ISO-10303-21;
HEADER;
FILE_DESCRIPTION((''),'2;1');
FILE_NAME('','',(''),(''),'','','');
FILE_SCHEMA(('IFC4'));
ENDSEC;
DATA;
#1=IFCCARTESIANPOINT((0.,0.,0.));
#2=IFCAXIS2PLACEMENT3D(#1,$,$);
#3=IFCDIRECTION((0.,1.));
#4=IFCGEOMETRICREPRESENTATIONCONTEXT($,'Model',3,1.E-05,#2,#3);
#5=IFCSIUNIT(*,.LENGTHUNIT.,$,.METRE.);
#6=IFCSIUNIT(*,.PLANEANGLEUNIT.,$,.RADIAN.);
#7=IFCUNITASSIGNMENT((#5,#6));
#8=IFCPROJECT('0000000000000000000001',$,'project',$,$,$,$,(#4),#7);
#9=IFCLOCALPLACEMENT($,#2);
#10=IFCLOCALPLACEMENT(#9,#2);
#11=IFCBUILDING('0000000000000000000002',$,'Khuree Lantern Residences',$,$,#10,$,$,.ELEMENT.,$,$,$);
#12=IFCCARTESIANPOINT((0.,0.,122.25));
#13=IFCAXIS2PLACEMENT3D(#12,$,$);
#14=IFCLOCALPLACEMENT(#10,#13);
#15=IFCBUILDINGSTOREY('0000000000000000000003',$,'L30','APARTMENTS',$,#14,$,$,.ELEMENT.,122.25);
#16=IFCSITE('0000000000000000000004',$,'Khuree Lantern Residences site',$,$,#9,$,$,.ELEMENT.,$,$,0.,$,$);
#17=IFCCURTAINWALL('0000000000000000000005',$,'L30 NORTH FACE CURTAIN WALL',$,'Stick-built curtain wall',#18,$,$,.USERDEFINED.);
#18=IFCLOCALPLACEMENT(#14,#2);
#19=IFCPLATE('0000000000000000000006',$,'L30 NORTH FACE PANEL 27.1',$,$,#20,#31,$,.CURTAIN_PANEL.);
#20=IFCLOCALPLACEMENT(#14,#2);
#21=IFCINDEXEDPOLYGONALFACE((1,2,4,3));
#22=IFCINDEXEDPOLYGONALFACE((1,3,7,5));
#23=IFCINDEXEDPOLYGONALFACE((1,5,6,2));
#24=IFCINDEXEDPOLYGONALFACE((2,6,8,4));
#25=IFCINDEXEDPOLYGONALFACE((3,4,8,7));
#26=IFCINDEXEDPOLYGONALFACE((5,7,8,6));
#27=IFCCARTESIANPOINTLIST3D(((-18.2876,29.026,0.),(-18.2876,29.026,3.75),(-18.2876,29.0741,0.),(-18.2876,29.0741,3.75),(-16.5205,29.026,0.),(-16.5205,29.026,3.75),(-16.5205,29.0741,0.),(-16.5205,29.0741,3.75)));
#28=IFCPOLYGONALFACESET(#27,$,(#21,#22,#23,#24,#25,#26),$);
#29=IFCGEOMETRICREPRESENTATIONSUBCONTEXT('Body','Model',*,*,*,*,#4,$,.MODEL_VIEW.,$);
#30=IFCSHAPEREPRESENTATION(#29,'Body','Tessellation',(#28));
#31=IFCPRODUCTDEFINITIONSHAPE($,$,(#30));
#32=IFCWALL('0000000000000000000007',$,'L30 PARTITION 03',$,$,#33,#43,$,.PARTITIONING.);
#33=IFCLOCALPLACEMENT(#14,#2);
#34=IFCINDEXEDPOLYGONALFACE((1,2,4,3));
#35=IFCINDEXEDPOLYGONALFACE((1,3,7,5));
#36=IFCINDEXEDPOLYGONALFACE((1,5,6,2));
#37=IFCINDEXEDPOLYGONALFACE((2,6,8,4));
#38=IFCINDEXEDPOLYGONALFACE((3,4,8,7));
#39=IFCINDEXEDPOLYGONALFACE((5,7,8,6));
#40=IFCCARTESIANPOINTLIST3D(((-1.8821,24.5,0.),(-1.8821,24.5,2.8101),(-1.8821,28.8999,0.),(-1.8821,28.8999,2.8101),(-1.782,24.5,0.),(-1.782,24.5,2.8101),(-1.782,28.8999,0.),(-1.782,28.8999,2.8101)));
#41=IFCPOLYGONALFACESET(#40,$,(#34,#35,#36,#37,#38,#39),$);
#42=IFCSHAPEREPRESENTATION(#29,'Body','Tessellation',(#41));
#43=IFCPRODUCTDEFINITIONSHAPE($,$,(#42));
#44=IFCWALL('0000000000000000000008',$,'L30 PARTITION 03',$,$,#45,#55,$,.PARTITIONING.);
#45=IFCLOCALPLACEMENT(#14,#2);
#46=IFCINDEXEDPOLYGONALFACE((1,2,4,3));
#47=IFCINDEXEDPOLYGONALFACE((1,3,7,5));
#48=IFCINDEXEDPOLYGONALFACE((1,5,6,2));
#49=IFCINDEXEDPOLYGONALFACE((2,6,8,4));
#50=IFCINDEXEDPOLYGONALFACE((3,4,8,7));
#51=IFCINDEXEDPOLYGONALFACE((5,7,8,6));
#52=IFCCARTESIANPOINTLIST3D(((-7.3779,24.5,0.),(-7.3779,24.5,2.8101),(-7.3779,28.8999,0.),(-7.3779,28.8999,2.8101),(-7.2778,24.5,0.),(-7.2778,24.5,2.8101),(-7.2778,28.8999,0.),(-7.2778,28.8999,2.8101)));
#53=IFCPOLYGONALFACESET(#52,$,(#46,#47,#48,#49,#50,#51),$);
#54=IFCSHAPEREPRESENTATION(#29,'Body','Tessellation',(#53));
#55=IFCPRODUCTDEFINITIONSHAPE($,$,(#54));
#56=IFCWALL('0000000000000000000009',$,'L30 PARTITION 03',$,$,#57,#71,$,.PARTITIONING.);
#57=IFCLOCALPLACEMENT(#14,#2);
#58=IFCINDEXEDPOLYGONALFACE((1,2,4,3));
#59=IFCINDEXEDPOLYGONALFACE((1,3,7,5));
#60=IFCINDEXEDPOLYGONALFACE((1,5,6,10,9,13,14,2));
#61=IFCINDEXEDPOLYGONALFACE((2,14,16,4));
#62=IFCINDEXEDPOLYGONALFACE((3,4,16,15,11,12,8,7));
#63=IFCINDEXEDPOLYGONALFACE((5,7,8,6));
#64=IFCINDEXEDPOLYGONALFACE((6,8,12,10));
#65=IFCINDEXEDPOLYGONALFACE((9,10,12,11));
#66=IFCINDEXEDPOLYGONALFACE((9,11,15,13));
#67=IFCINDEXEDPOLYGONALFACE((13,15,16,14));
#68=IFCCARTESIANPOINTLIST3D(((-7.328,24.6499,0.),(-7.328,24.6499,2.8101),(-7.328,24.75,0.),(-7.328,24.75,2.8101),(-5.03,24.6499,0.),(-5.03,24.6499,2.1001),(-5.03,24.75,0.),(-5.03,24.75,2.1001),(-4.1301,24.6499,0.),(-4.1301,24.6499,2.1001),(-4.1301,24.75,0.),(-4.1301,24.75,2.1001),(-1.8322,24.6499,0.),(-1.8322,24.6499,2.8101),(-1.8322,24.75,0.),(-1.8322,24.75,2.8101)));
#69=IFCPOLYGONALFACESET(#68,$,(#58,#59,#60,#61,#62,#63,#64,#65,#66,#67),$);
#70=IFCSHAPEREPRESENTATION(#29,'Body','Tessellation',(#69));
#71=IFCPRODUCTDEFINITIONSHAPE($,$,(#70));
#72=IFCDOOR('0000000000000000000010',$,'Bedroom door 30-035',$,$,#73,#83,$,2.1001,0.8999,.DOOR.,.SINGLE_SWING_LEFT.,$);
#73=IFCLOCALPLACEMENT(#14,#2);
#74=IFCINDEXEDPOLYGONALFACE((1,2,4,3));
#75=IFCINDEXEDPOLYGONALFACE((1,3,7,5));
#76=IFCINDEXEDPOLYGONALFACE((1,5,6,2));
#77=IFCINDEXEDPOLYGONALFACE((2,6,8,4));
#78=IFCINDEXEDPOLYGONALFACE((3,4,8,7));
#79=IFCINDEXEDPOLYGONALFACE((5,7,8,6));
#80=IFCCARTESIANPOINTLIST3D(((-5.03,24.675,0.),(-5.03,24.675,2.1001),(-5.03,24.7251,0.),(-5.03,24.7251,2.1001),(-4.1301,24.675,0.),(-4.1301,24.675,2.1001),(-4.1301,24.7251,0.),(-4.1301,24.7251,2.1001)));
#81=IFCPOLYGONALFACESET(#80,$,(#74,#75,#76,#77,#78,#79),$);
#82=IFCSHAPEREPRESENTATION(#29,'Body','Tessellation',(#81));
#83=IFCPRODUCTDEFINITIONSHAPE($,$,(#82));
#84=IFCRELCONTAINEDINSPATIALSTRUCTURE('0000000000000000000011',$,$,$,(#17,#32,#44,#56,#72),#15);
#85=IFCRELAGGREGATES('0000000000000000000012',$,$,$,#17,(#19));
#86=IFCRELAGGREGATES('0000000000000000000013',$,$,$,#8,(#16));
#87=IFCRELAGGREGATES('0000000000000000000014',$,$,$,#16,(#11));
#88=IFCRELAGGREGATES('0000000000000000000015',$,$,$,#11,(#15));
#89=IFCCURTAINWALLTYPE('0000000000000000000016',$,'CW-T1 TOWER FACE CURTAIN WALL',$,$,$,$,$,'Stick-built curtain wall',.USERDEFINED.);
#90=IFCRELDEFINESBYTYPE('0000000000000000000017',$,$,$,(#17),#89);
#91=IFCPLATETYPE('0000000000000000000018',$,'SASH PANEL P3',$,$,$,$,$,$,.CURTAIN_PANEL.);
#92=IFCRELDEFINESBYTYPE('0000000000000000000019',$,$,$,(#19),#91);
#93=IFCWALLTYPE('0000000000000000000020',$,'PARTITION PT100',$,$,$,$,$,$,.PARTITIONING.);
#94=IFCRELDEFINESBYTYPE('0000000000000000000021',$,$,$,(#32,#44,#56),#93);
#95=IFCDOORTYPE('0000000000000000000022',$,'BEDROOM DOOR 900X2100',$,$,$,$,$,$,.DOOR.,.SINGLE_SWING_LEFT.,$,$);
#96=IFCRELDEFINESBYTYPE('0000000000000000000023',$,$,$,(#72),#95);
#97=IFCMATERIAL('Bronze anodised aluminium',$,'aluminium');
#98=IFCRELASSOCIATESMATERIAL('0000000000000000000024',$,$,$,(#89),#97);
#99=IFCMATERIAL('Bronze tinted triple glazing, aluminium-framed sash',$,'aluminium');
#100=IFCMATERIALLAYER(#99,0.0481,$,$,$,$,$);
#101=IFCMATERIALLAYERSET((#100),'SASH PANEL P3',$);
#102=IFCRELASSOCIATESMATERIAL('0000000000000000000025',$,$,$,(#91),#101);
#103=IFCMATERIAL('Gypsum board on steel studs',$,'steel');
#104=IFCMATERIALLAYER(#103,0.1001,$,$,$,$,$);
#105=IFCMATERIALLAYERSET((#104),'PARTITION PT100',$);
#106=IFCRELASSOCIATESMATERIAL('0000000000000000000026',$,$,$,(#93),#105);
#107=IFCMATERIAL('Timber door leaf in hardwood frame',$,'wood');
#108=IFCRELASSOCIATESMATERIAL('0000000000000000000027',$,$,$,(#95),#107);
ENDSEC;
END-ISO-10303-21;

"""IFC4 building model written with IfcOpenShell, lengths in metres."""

from ifc_helpers import new_model, si_unit, direction, frame, frame_2d, origin, origin_2d, place, context, subcontext, project, spatial, rectangle, extrude, material, layer, layer_set, type_object, element, fill, aggregate, save


model = new_model("IFC4")

# Units and contexts
model_context = context("Model", 3, precision=1e-05, world=origin(), true_north=direction((0.0, 1.0)))
body_context = subcontext(model_context, "Body", "Model", "MODEL_VIEW")
ifc_project = project(units=[si_unit("LENGTHUNIT", "METRE"), si_unit("PLANEANGLEUNIT", "RADIAN")], contexts=[model_context])

# Site, building, storey
site_placement = place(None, origin())
site = spatial("IfcSite", under=ifc_project, at=site_placement, Name="Khuree Lantern Residences site", CompositionType="ELEMENT", RefElevation=0.0)
building_placement = place(site_placement, origin())
building = spatial("IfcBuilding", under=site, at=building_placement, Name="Khuree Lantern Residences", CompositionType="ELEMENT")
storey_placement = place(building_placement, frame((0.0, 0.0, 122.25)))
storey = spatial("IfcBuildingStorey", under=building, at=storey_placement, Name="L30", Description="APARTMENTS", CompositionType="ELEMENT", Elevation=122.25)

# Curtain wall
ifc_material_1 = material(Name="Bronze anodised aluminium", Category="aluminium")
curtain_wall_type = type_object("IfcCurtainWallType", Name="CW-T1 TOWER FACE CURTAIN WALL", ElementType="Stick-built curtain wall", PredefinedType="USERDEFINED", material=ifc_material_1)
curtain_wall_placement = place(storey_placement, origin())
curtain_wall = element("IfcCurtainWall", 1, at=curtain_wall_placement, inside=storey, type_object=curtain_wall_type, Name="L30 NORTH FACE CURTAIN WALL", ObjectType="Stick-built curtain wall", PredefinedType="USERDEFINED")

# Plate
ifc_material_2 = material(Name="Bronze tinted triple glazing, aluminium-framed sash", Category="aluminium")
ifc_layer_1 = layer(ifc_material_2, 0.0481)
ifc_layer_set_1 = layer_set([ifc_layer_1], Name="SASH PANEL P3")
plate_type_1 = type_object("IfcPlateType", Name="SASH PANEL P3", PredefinedType="CURTAIN_PANEL", material=ifc_layer_set_1)
plate_1_placement = place(storey_placement, frame((-17.4041, 29.05, 0.0), z_axis=(0.0, 0.0, 1.0), x_axis=(-1.0, 0.0, 0.0)))
plate_1 = element("IfcPlate", 2, at=plate_1_placement, type_object=plate_type_1, Name="L30 NORTH FACE PANEL 27.1", PredefinedType="CURTAIN_PANEL", context=body_context, shape_type="SweptSolid", body=[
    extrude(rectangle(XDim=1.7671, YDim=0.0481, at=origin_2d()), origin(), (0.0, 0.0, 1.0), 3.75),
])
aggregate(curtain_wall, [plate_1])

# Walls
ifc_material_3 = material(Name="Gypsum board on steel studs", Category="steel")
ifc_layer_2 = layer(ifc_material_3, 0.1001)
ifc_layer_set_2 = layer_set([ifc_layer_2], Name="PARTITION PT100")
wall_type = type_object("IfcWallType", Name="PARTITION PT100", PredefinedType="PARTITIONING", material=ifc_layer_set_2)
for number, where, z_axis, x_axis, name in (
    (3, (-1.832, 24.5, 0.0), (0.0, 0.0, 1.0), (0.0, 1.0, 0.0), "L30 PARTITION 03"),
    (4, (-7.3279, 24.5, 0.0), (0.0, 0.0, 1.0), (0.0, 1.0, 0.0), "L30 PARTITION 03"),
):
    element("IfcWall", number, at=place(storey_placement, frame(where, z_axis=z_axis, x_axis=x_axis)), inside=storey, type_object=wall_type, Name=name, PredefinedType="PARTITIONING", context=body_context, shape_type="SweptSolid", body=[
        extrude(rectangle(XDim=4.3999, YDim=0.1001, at=frame_2d((2.2, 0.0))), origin(), (0.0, 0.0, 1.0), 2.8101),
    ])

# Wall, opening, door
wall_placement = place(storey_placement, frame((-1.832, 24.7, 0.0), z_axis=(0.0, 0.0, 1.0), x_axis=(-1.0, 0.0, 0.0)))
wall = element("IfcWall", 5, at=wall_placement, inside=storey, type_object=wall_type, Name="L30 PARTITION 03", PredefinedType="PARTITIONING", context=body_context, shape_type="SweptSolid", body=[
    extrude(rectangle(XDim=5.4958, YDim=0.1001, at=frame_2d((2.748, 0.0))), origin(), (0.0, 0.0, 1.0), 2.8101),
])
opening_placement = place(wall_placement, frame((2.2981, 0.0, 0.0)))
opening = element("IfcOpeningElement", 6, at=opening_placement, cuts=wall, PredefinedType="OPENING", context=body_context, shape_type="SweptSolid", body=[
    extrude(rectangle(XDim=0.8999, YDim=2.1001, at=frame_2d((0.45, 1.05))), frame((0.0, 0.0601, 0.0), z_axis=(0.0, -1.0, 0.0), x_axis=(1.0, 0.0, 0.0)), (0.0, 0.0, 1.0), 0.1201),
])
ifc_material_4 = material(Name="Timber door leaf in hardwood frame", Category="wood")
door_type = type_object("IfcDoorType", Name="BEDROOM DOOR 900X2100", OperationType="SINGLE_SWING_LEFT", PredefinedType="DOOR", material=ifc_material_4)
door_placement = place(opening_placement, origin())
door = element("IfcDoor", 7, at=door_placement, inside=storey, type_object=door_type, Name="Bedroom door 30-035", OperationType="SINGLE_SWING_LEFT", OverallHeight=2.1001, OverallWidth=0.8999, PredefinedType="DOOR", context=body_context, shape_type="SweptSolid", body=[
    extrude(rectangle(XDim=0.8999, YDim=2.1001, at=frame_2d((0.45, 1.05))), frame((0.0, 0.0249, 0.0), z_axis=(0.0, -1.0, 0.0), x_axis=(1.0, 0.0, 0.0)), (0.0, 0.0, 1.0), 0.05),
])
fill(opening, door)

save(model, "model.ifc")
